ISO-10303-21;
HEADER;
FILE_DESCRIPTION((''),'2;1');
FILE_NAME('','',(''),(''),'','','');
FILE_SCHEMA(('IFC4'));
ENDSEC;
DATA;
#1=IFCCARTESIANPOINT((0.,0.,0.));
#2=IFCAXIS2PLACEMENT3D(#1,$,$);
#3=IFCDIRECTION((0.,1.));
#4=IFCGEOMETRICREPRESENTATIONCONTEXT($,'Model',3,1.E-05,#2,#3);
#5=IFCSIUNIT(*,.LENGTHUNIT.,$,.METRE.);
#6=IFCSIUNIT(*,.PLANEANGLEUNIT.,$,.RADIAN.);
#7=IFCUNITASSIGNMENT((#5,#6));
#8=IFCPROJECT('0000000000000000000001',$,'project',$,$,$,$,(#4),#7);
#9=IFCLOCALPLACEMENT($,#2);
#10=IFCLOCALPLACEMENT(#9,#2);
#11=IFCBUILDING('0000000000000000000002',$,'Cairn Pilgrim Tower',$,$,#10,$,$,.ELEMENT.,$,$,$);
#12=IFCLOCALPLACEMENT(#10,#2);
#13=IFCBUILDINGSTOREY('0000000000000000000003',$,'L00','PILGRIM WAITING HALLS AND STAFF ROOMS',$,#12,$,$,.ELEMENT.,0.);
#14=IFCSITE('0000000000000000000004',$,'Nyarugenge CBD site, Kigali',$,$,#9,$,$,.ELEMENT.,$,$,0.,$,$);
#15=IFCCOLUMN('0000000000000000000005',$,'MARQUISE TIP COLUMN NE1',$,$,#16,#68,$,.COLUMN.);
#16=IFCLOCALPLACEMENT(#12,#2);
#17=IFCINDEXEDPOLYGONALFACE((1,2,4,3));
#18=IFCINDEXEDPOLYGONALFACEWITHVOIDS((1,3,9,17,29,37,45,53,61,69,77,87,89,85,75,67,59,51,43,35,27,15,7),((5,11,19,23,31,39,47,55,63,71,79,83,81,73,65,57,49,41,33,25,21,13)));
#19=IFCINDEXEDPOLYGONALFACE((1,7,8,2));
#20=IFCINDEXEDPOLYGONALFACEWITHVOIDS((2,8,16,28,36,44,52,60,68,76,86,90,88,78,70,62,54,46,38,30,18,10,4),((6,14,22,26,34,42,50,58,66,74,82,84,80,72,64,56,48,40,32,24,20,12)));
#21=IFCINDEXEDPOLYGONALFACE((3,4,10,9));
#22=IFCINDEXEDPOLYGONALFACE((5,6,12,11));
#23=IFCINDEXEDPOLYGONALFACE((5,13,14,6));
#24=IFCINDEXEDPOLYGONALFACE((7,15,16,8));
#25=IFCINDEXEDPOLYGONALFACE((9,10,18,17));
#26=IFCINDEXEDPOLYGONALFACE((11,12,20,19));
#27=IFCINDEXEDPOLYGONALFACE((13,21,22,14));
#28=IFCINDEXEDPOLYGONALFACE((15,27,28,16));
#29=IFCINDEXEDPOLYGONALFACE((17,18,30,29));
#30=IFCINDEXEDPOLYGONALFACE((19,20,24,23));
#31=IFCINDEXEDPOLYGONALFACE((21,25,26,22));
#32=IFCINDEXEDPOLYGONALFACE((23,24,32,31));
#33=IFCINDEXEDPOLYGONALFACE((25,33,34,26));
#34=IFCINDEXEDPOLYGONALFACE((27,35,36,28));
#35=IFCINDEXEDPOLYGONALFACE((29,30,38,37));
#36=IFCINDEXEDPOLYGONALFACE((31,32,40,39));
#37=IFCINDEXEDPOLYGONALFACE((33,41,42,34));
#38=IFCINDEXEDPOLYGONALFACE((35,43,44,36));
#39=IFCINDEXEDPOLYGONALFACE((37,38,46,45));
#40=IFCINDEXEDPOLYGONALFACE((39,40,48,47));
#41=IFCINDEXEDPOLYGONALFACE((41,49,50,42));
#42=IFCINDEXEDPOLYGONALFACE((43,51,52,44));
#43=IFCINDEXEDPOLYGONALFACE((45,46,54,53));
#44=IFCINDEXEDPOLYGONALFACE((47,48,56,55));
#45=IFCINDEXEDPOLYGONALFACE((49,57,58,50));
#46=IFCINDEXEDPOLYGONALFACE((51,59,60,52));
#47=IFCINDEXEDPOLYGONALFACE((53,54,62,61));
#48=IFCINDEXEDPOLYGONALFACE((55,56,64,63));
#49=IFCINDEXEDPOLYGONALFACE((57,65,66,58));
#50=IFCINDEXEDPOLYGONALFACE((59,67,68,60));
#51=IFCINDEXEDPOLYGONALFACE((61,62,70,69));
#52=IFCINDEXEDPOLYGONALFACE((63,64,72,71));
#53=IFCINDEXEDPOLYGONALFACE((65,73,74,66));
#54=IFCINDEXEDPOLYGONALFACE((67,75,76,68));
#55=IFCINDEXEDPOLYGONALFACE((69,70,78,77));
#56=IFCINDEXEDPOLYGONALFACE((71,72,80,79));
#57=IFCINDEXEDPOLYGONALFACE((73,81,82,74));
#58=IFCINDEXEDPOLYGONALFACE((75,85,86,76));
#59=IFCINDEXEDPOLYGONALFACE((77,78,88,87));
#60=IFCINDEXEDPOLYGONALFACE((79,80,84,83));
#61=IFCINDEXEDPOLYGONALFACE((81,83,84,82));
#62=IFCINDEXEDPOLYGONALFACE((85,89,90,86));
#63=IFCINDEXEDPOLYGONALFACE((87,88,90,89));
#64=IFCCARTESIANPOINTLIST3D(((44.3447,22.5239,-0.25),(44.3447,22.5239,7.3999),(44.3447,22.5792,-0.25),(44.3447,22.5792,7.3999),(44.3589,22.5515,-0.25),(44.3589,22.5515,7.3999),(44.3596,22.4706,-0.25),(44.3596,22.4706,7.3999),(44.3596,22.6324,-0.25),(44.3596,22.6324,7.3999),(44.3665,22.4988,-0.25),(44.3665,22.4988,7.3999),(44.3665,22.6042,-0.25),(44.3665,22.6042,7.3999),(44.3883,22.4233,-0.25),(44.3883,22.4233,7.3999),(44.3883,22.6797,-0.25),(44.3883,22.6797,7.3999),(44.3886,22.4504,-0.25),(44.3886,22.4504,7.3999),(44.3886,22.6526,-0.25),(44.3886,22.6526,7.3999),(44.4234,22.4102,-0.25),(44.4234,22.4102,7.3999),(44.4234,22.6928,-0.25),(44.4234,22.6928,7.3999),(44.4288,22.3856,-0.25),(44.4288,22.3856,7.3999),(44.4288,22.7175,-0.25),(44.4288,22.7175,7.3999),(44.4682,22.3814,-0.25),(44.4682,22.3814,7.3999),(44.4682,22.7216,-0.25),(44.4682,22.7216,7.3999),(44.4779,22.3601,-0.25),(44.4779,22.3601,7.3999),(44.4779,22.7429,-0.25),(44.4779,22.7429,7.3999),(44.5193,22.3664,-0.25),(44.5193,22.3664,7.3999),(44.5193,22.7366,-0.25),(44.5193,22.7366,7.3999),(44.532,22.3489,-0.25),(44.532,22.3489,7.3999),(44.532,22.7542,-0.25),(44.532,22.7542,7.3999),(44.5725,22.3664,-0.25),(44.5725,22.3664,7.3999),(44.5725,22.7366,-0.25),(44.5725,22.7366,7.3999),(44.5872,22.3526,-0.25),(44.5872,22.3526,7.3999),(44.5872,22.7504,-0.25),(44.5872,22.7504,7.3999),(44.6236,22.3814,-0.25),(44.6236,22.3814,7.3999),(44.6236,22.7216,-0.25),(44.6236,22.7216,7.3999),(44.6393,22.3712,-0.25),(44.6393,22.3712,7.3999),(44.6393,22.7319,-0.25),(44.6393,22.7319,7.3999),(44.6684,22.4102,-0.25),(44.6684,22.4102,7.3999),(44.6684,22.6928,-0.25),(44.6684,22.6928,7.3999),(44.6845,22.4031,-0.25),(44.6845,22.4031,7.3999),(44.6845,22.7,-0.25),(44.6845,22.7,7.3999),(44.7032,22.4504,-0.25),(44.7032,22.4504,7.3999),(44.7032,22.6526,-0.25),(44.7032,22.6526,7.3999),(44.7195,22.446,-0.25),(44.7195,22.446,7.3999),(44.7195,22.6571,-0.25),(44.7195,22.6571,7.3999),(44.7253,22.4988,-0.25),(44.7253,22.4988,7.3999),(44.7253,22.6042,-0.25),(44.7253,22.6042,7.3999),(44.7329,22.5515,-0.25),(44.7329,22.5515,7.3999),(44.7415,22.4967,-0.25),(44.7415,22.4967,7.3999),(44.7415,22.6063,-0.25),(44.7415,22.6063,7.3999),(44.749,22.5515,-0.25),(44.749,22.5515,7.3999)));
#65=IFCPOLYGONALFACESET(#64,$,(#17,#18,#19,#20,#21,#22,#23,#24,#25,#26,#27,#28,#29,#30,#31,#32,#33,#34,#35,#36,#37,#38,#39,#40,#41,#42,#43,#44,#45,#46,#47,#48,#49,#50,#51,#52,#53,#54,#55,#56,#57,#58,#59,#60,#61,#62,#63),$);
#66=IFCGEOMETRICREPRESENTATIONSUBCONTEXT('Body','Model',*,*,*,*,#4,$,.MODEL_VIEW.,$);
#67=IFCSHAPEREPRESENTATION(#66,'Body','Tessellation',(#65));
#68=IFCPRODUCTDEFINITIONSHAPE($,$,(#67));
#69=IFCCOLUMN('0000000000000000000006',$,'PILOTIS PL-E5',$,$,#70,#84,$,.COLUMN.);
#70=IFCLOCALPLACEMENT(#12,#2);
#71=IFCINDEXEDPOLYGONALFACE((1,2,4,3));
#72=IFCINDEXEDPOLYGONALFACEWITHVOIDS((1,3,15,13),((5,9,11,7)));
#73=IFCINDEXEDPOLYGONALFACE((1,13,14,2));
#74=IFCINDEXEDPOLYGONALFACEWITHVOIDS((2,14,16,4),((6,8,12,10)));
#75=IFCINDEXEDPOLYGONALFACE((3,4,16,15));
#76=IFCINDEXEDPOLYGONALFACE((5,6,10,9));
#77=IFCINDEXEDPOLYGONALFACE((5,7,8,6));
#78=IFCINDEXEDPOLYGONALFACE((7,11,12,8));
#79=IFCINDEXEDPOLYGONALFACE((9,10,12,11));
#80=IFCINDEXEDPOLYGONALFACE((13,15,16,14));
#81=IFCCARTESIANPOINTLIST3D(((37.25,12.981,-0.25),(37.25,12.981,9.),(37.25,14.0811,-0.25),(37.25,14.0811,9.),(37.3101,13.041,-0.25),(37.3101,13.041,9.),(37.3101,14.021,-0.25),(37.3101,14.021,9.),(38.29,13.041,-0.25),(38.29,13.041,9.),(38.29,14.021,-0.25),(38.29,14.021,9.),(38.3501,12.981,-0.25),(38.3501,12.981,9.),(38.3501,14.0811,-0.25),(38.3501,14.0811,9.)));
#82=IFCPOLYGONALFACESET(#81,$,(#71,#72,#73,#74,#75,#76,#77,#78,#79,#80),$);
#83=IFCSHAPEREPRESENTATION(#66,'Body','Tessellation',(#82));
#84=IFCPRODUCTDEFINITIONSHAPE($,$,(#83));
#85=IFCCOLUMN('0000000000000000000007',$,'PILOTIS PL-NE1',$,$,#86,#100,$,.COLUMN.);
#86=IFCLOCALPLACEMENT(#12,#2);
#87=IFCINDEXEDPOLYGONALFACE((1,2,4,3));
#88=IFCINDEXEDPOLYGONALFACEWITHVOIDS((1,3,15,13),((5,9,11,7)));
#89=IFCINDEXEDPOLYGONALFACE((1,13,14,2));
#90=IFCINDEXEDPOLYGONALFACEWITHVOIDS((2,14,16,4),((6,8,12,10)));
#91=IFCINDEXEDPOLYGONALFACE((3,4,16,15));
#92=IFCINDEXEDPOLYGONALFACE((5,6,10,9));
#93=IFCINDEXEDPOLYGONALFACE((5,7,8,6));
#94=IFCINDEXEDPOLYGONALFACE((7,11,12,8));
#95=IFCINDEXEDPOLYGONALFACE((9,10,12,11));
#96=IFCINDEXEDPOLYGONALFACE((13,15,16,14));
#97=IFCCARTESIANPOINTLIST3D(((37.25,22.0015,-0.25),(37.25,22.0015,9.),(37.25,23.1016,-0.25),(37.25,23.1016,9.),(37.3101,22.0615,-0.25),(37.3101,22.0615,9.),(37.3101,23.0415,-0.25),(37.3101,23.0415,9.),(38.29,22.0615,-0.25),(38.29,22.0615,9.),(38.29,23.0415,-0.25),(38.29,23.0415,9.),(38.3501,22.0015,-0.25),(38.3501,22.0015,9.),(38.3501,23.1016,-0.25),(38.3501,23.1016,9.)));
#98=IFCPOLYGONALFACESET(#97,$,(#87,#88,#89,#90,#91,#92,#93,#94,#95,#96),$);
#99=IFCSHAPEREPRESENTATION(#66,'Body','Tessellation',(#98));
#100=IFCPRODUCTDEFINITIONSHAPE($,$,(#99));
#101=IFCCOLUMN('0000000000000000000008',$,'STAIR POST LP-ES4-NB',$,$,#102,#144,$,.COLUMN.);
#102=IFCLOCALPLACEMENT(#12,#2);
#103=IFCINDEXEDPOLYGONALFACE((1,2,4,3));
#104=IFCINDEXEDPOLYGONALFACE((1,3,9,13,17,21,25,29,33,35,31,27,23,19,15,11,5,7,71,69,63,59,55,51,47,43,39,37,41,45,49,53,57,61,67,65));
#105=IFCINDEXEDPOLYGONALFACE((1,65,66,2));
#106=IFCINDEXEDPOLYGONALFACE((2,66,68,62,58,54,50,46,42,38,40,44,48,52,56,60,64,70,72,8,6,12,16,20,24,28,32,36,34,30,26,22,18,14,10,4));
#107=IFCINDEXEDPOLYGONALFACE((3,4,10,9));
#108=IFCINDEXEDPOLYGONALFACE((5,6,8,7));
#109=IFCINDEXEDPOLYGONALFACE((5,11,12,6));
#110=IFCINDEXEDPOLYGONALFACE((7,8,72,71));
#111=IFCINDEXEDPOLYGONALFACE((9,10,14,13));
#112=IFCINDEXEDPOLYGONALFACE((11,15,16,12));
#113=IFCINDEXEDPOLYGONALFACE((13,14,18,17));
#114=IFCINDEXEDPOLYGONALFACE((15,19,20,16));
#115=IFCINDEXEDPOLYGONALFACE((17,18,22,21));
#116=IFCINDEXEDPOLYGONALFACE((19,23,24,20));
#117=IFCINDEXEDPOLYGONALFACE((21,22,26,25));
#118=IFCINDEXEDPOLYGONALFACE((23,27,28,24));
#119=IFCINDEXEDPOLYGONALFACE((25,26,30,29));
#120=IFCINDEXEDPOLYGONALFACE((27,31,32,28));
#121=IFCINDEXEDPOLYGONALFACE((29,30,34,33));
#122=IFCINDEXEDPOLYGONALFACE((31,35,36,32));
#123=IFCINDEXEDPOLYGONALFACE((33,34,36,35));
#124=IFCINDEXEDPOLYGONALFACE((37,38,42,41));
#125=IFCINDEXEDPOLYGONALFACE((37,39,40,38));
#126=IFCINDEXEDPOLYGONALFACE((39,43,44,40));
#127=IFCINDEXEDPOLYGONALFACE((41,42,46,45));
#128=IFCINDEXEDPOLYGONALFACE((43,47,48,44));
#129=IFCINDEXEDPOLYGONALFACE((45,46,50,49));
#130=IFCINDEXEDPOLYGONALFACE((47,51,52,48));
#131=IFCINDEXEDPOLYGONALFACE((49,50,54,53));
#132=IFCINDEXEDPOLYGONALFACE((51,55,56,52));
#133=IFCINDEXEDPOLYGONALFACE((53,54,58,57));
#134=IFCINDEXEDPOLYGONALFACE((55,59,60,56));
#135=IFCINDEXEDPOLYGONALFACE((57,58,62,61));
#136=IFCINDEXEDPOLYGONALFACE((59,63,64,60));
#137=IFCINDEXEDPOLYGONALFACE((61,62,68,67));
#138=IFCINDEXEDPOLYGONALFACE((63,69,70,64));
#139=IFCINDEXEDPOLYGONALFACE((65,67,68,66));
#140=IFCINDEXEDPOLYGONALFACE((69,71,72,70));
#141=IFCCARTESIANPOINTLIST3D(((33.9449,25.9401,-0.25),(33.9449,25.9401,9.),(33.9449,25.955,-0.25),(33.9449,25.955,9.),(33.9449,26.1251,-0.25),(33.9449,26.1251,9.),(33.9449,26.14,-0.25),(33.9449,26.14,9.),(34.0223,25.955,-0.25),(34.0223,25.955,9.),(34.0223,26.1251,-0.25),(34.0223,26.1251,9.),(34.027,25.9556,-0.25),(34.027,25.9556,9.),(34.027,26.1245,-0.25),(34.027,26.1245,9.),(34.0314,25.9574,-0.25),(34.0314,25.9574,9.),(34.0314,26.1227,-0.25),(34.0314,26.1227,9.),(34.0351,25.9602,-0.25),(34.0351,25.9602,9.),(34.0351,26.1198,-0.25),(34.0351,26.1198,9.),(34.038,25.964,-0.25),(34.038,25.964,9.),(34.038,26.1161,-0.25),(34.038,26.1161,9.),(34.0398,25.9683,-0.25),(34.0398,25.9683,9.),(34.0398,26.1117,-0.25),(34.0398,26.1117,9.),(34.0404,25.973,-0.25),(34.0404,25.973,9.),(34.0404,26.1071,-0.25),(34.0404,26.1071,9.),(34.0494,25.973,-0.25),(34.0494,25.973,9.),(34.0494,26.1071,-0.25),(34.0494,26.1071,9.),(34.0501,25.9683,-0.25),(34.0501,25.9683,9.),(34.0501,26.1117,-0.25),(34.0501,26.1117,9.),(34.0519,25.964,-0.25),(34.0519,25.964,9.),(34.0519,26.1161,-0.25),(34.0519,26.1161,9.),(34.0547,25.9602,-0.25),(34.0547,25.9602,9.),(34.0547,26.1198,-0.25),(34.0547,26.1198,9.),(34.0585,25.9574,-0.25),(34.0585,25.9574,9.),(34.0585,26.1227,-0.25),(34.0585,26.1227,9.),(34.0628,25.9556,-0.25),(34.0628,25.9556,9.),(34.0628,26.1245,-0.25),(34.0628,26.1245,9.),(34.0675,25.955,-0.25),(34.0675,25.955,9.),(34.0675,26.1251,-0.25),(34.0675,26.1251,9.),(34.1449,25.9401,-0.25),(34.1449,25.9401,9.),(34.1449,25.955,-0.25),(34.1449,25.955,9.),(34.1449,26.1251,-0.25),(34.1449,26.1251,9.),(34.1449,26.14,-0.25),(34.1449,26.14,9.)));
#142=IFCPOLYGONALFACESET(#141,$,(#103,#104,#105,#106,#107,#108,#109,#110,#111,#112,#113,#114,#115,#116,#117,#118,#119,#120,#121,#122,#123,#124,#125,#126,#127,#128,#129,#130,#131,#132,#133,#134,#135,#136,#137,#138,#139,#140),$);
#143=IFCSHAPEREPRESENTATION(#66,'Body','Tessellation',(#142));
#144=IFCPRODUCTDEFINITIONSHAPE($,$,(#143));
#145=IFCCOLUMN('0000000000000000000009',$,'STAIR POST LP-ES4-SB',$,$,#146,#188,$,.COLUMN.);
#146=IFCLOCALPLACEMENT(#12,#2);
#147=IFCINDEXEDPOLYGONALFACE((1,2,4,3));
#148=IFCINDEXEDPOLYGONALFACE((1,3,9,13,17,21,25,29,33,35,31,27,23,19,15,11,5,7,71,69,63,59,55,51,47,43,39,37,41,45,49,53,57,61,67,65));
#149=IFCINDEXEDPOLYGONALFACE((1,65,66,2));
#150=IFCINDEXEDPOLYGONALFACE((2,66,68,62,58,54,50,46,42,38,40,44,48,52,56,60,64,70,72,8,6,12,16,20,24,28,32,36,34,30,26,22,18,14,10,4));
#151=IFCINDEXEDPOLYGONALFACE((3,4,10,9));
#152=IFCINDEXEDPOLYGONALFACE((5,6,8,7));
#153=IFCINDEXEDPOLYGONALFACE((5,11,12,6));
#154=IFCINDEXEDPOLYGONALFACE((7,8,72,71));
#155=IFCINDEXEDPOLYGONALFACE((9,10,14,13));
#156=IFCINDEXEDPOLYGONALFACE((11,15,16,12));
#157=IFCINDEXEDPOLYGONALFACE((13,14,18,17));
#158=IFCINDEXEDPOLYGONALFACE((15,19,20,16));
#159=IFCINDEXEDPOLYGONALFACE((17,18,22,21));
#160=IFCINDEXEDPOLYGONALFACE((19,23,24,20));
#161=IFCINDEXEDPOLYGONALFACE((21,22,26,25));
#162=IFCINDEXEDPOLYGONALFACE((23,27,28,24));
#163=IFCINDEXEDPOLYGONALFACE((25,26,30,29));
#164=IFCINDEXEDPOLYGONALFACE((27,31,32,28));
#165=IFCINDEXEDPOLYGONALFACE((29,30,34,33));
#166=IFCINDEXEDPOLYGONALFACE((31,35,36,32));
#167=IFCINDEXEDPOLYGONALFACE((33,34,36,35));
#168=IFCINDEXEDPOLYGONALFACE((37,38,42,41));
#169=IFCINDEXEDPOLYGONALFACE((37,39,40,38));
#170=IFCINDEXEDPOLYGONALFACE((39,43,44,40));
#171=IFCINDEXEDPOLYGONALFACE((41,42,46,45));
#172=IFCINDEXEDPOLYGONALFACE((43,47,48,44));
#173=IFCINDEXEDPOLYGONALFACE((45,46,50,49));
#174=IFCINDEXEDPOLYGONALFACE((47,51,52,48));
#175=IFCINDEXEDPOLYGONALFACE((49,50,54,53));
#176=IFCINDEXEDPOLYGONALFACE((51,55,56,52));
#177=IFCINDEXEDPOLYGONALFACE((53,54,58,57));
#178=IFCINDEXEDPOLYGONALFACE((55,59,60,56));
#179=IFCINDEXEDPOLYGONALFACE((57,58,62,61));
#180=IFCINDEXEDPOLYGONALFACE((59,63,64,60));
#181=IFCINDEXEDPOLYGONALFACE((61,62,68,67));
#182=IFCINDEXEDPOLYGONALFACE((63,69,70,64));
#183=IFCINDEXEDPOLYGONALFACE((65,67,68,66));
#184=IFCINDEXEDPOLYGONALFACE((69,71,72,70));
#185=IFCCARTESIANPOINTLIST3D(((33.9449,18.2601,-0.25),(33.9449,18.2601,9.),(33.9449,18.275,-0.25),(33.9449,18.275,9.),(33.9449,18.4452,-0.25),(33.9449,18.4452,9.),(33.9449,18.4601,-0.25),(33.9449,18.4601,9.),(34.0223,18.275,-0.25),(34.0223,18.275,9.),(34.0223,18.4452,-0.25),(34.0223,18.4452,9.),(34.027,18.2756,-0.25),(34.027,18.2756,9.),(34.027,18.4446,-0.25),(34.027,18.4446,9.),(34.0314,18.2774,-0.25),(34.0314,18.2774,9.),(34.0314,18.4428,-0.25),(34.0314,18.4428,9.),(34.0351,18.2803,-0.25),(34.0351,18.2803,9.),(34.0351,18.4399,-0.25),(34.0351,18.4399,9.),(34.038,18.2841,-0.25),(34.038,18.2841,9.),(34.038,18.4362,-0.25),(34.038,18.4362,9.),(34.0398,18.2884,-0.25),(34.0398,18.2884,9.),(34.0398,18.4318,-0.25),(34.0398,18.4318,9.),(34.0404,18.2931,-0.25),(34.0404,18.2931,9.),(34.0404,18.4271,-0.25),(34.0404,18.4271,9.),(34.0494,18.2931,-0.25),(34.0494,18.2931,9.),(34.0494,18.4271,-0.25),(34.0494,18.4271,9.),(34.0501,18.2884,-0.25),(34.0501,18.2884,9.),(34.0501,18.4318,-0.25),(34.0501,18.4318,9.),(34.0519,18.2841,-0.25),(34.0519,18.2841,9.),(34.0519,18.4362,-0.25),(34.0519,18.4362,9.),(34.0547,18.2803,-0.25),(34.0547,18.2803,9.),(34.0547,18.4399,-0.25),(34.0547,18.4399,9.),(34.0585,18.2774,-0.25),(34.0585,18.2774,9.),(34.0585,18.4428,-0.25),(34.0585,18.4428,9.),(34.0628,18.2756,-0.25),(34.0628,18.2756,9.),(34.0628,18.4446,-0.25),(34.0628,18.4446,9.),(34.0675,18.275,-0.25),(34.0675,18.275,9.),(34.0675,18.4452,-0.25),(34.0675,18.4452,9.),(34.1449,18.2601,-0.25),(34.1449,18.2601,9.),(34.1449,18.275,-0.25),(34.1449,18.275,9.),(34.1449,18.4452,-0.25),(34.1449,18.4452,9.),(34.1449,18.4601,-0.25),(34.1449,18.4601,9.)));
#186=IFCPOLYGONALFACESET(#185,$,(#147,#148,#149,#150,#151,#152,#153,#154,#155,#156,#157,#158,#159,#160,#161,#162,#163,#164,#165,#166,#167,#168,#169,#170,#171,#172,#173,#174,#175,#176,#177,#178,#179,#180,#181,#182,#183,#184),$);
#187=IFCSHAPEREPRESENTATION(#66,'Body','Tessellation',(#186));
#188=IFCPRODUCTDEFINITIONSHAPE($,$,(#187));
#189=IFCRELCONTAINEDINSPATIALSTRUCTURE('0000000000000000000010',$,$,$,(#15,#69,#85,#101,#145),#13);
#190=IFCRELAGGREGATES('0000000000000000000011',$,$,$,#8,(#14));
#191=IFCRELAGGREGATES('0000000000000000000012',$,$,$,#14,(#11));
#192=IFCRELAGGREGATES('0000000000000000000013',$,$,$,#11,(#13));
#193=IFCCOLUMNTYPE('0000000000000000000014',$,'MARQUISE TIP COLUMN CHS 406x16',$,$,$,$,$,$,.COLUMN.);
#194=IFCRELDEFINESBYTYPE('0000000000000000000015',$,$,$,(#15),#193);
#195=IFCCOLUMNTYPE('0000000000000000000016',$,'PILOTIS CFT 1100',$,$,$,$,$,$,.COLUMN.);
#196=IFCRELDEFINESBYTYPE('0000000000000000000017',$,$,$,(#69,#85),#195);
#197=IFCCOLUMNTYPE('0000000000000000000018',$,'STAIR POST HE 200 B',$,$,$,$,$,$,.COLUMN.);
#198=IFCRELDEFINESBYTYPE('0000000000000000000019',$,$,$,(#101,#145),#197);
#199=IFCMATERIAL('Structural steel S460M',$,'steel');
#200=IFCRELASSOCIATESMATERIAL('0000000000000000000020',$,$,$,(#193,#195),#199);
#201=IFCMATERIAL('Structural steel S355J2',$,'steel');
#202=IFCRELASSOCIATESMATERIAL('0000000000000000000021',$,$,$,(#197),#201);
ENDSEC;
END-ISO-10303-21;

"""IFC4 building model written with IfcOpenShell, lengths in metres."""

from ifc_helpers import new_model, si_unit, direction, frame, origin, origin_2d, place, context, subcontext, project, spatial, hollow_rectangle, hollow_circle, i_section, extrude, material, material_profile, profile_set, type_object, element, save


model = new_model("IFC4")

# Units and contexts
model_context = context("Model", 3, precision=1e-05, world=origin(), true_north=direction((0.0, 1.0)))
body_context = subcontext(model_context, "Body", "Model", "MODEL_VIEW")
ifc_project = project(units=[si_unit("LENGTHUNIT", "METRE"), si_unit("PLANEANGLEUNIT", "RADIAN")], contexts=[model_context])

# Site, building, storey
site_placement = place(None, origin())
site = spatial("IfcSite", under=ifc_project, at=site_placement, Name="Nyarugenge CBD site, Kigali", CompositionType="ELEMENT", RefElevation=0.0)
building_placement = place(site_placement, origin())
building = spatial("IfcBuilding", under=site, at=building_placement, Name="Cairn Pilgrim Tower", CompositionType="ELEMENT")
storey_placement = place(building_placement, origin())
storey = spatial("IfcBuildingStorey", under=building, at=storey_placement, Name="L00", Description="PILGRIM WAITING HALLS AND STAFF ROOMS", CompositionType="ELEMENT", Elevation=0.0)

# Columns
ifc_material_1 = material(Name="Structural steel S460M", Category="steel")
ifc_material_profile_1 = material_profile(ifc_material_1, hollow_circle(Radius=0.2031, WallThickness=0.0161, at=origin_2d()), Name="MARQUISE TIP COLUMN CHS 406x16")
ifc_profile_set_1 = profile_set([ifc_material_profile_1], Name="Structural steel S460M")
column_type_1 = type_object("IfcColumnType", Name="MARQUISE TIP COLUMN CHS 406x16", PredefinedType="COLUMN", material=ifc_profile_set_1)
for number, where, z_axis, x_axis, name in (
    (1, (44.5459, 22.5515, -0.25), (0.0, 0.0, 1.0), (1.0, 0.0, 0.0), "MARQUISE TIP COLUMN NE1"),
):
    element("IfcColumn", number, at=place(storey_placement, frame(where, z_axis=z_axis, x_axis=x_axis)), inside=storey, type_object=column_type_1, Name=name, PredefinedType="COLUMN", context=body_context, shape_type="SweptSolid", body=[
        extrude(hollow_circle(Radius=0.2031, WallThickness=0.0161, at=origin_2d()), origin(), (0.0, 0.0, 1.0), 7.6499),
    ])
ifc_material_profile_2 = material_profile(ifc_material_1, hollow_rectangle(XDim=1.1001, YDim=1.1001, WallThickness=0.0601, at=origin_2d()), Name="BOX 1100x1100x60")
ifc_profile_set_2 = profile_set([ifc_material_profile_2], Name="Structural steel S460M")
column_type_2 = type_object("IfcColumnType", Name="PILOTIS CFT 1100", PredefinedType="COLUMN", material=ifc_profile_set_2)
for number, where, z_axis, x_axis, name in (
    (2, (37.8, 13.531, -0.25), (0.0, 0.0, 1.0), (1.0, 0.0, 0.0), "PILOTIS PL-E5"),
    (3, (37.8, 22.5515, -0.25), (0.0, 0.0, 1.0), (1.0, 0.0, 0.0), "PILOTIS PL-NE1"),
):
    element("IfcColumn", number, at=place(storey_placement, frame(where, z_axis=z_axis, x_axis=x_axis)), inside=storey, type_object=column_type_2, Name=name, PredefinedType="COLUMN", context=body_context, shape_type="SweptSolid", body=[
        extrude(hollow_rectangle(XDim=1.1001, YDim=1.1001, WallThickness=0.0601, at=origin_2d()), origin(), (0.0, 0.0, 1.0), 9.25),
    ])
ifc_material_2 = material(Name="Structural steel S355J2", Category="steel")
ifc_material_profile_3 = material_profile(ifc_material_2, i_section(OverallWidth=0.2, OverallDepth=0.2, WebThickness=0.009, FlangeThickness=0.0149, FilletRadius=0.0181, at=origin_2d()), Name="HE 200 B")
ifc_profile_set_3 = profile_set([ifc_material_profile_3], Name="Structural steel S355J2")
column_type_3 = type_object("IfcColumnType", Name="STAIR POST HE 200 B", PredefinedType="COLUMN", material=ifc_profile_set_3)
for number, where, z_axis, x_axis, name in (
    (4, (34.0449, 26.04, -0.25), (0.0, 0.0, 1.0), (1.0, 0.0, 0.0), "STAIR POST LP-ES4-NB"),
    (5, (34.0449, 18.3601, -0.25), (0.0, 0.0, 1.0), (1.0, 0.0, 0.0), "STAIR POST LP-ES4-SB"),
):
    element("IfcColumn", number, at=place(storey_placement, frame(where, z_axis=z_axis, x_axis=x_axis)), inside=storey, type_object=column_type_3, Name=name, PredefinedType="COLUMN", context=body_context, shape_type="SweptSolid", body=[
        extrude(i_section(OverallWidth=0.2, OverallDepth=0.2, WebThickness=0.009, FlangeThickness=0.0149, FilletRadius=0.0181, at=origin_2d()), origin(), (0.0, 0.0, 1.0), 9.25),
    ])

save(model, "model.ifc")
